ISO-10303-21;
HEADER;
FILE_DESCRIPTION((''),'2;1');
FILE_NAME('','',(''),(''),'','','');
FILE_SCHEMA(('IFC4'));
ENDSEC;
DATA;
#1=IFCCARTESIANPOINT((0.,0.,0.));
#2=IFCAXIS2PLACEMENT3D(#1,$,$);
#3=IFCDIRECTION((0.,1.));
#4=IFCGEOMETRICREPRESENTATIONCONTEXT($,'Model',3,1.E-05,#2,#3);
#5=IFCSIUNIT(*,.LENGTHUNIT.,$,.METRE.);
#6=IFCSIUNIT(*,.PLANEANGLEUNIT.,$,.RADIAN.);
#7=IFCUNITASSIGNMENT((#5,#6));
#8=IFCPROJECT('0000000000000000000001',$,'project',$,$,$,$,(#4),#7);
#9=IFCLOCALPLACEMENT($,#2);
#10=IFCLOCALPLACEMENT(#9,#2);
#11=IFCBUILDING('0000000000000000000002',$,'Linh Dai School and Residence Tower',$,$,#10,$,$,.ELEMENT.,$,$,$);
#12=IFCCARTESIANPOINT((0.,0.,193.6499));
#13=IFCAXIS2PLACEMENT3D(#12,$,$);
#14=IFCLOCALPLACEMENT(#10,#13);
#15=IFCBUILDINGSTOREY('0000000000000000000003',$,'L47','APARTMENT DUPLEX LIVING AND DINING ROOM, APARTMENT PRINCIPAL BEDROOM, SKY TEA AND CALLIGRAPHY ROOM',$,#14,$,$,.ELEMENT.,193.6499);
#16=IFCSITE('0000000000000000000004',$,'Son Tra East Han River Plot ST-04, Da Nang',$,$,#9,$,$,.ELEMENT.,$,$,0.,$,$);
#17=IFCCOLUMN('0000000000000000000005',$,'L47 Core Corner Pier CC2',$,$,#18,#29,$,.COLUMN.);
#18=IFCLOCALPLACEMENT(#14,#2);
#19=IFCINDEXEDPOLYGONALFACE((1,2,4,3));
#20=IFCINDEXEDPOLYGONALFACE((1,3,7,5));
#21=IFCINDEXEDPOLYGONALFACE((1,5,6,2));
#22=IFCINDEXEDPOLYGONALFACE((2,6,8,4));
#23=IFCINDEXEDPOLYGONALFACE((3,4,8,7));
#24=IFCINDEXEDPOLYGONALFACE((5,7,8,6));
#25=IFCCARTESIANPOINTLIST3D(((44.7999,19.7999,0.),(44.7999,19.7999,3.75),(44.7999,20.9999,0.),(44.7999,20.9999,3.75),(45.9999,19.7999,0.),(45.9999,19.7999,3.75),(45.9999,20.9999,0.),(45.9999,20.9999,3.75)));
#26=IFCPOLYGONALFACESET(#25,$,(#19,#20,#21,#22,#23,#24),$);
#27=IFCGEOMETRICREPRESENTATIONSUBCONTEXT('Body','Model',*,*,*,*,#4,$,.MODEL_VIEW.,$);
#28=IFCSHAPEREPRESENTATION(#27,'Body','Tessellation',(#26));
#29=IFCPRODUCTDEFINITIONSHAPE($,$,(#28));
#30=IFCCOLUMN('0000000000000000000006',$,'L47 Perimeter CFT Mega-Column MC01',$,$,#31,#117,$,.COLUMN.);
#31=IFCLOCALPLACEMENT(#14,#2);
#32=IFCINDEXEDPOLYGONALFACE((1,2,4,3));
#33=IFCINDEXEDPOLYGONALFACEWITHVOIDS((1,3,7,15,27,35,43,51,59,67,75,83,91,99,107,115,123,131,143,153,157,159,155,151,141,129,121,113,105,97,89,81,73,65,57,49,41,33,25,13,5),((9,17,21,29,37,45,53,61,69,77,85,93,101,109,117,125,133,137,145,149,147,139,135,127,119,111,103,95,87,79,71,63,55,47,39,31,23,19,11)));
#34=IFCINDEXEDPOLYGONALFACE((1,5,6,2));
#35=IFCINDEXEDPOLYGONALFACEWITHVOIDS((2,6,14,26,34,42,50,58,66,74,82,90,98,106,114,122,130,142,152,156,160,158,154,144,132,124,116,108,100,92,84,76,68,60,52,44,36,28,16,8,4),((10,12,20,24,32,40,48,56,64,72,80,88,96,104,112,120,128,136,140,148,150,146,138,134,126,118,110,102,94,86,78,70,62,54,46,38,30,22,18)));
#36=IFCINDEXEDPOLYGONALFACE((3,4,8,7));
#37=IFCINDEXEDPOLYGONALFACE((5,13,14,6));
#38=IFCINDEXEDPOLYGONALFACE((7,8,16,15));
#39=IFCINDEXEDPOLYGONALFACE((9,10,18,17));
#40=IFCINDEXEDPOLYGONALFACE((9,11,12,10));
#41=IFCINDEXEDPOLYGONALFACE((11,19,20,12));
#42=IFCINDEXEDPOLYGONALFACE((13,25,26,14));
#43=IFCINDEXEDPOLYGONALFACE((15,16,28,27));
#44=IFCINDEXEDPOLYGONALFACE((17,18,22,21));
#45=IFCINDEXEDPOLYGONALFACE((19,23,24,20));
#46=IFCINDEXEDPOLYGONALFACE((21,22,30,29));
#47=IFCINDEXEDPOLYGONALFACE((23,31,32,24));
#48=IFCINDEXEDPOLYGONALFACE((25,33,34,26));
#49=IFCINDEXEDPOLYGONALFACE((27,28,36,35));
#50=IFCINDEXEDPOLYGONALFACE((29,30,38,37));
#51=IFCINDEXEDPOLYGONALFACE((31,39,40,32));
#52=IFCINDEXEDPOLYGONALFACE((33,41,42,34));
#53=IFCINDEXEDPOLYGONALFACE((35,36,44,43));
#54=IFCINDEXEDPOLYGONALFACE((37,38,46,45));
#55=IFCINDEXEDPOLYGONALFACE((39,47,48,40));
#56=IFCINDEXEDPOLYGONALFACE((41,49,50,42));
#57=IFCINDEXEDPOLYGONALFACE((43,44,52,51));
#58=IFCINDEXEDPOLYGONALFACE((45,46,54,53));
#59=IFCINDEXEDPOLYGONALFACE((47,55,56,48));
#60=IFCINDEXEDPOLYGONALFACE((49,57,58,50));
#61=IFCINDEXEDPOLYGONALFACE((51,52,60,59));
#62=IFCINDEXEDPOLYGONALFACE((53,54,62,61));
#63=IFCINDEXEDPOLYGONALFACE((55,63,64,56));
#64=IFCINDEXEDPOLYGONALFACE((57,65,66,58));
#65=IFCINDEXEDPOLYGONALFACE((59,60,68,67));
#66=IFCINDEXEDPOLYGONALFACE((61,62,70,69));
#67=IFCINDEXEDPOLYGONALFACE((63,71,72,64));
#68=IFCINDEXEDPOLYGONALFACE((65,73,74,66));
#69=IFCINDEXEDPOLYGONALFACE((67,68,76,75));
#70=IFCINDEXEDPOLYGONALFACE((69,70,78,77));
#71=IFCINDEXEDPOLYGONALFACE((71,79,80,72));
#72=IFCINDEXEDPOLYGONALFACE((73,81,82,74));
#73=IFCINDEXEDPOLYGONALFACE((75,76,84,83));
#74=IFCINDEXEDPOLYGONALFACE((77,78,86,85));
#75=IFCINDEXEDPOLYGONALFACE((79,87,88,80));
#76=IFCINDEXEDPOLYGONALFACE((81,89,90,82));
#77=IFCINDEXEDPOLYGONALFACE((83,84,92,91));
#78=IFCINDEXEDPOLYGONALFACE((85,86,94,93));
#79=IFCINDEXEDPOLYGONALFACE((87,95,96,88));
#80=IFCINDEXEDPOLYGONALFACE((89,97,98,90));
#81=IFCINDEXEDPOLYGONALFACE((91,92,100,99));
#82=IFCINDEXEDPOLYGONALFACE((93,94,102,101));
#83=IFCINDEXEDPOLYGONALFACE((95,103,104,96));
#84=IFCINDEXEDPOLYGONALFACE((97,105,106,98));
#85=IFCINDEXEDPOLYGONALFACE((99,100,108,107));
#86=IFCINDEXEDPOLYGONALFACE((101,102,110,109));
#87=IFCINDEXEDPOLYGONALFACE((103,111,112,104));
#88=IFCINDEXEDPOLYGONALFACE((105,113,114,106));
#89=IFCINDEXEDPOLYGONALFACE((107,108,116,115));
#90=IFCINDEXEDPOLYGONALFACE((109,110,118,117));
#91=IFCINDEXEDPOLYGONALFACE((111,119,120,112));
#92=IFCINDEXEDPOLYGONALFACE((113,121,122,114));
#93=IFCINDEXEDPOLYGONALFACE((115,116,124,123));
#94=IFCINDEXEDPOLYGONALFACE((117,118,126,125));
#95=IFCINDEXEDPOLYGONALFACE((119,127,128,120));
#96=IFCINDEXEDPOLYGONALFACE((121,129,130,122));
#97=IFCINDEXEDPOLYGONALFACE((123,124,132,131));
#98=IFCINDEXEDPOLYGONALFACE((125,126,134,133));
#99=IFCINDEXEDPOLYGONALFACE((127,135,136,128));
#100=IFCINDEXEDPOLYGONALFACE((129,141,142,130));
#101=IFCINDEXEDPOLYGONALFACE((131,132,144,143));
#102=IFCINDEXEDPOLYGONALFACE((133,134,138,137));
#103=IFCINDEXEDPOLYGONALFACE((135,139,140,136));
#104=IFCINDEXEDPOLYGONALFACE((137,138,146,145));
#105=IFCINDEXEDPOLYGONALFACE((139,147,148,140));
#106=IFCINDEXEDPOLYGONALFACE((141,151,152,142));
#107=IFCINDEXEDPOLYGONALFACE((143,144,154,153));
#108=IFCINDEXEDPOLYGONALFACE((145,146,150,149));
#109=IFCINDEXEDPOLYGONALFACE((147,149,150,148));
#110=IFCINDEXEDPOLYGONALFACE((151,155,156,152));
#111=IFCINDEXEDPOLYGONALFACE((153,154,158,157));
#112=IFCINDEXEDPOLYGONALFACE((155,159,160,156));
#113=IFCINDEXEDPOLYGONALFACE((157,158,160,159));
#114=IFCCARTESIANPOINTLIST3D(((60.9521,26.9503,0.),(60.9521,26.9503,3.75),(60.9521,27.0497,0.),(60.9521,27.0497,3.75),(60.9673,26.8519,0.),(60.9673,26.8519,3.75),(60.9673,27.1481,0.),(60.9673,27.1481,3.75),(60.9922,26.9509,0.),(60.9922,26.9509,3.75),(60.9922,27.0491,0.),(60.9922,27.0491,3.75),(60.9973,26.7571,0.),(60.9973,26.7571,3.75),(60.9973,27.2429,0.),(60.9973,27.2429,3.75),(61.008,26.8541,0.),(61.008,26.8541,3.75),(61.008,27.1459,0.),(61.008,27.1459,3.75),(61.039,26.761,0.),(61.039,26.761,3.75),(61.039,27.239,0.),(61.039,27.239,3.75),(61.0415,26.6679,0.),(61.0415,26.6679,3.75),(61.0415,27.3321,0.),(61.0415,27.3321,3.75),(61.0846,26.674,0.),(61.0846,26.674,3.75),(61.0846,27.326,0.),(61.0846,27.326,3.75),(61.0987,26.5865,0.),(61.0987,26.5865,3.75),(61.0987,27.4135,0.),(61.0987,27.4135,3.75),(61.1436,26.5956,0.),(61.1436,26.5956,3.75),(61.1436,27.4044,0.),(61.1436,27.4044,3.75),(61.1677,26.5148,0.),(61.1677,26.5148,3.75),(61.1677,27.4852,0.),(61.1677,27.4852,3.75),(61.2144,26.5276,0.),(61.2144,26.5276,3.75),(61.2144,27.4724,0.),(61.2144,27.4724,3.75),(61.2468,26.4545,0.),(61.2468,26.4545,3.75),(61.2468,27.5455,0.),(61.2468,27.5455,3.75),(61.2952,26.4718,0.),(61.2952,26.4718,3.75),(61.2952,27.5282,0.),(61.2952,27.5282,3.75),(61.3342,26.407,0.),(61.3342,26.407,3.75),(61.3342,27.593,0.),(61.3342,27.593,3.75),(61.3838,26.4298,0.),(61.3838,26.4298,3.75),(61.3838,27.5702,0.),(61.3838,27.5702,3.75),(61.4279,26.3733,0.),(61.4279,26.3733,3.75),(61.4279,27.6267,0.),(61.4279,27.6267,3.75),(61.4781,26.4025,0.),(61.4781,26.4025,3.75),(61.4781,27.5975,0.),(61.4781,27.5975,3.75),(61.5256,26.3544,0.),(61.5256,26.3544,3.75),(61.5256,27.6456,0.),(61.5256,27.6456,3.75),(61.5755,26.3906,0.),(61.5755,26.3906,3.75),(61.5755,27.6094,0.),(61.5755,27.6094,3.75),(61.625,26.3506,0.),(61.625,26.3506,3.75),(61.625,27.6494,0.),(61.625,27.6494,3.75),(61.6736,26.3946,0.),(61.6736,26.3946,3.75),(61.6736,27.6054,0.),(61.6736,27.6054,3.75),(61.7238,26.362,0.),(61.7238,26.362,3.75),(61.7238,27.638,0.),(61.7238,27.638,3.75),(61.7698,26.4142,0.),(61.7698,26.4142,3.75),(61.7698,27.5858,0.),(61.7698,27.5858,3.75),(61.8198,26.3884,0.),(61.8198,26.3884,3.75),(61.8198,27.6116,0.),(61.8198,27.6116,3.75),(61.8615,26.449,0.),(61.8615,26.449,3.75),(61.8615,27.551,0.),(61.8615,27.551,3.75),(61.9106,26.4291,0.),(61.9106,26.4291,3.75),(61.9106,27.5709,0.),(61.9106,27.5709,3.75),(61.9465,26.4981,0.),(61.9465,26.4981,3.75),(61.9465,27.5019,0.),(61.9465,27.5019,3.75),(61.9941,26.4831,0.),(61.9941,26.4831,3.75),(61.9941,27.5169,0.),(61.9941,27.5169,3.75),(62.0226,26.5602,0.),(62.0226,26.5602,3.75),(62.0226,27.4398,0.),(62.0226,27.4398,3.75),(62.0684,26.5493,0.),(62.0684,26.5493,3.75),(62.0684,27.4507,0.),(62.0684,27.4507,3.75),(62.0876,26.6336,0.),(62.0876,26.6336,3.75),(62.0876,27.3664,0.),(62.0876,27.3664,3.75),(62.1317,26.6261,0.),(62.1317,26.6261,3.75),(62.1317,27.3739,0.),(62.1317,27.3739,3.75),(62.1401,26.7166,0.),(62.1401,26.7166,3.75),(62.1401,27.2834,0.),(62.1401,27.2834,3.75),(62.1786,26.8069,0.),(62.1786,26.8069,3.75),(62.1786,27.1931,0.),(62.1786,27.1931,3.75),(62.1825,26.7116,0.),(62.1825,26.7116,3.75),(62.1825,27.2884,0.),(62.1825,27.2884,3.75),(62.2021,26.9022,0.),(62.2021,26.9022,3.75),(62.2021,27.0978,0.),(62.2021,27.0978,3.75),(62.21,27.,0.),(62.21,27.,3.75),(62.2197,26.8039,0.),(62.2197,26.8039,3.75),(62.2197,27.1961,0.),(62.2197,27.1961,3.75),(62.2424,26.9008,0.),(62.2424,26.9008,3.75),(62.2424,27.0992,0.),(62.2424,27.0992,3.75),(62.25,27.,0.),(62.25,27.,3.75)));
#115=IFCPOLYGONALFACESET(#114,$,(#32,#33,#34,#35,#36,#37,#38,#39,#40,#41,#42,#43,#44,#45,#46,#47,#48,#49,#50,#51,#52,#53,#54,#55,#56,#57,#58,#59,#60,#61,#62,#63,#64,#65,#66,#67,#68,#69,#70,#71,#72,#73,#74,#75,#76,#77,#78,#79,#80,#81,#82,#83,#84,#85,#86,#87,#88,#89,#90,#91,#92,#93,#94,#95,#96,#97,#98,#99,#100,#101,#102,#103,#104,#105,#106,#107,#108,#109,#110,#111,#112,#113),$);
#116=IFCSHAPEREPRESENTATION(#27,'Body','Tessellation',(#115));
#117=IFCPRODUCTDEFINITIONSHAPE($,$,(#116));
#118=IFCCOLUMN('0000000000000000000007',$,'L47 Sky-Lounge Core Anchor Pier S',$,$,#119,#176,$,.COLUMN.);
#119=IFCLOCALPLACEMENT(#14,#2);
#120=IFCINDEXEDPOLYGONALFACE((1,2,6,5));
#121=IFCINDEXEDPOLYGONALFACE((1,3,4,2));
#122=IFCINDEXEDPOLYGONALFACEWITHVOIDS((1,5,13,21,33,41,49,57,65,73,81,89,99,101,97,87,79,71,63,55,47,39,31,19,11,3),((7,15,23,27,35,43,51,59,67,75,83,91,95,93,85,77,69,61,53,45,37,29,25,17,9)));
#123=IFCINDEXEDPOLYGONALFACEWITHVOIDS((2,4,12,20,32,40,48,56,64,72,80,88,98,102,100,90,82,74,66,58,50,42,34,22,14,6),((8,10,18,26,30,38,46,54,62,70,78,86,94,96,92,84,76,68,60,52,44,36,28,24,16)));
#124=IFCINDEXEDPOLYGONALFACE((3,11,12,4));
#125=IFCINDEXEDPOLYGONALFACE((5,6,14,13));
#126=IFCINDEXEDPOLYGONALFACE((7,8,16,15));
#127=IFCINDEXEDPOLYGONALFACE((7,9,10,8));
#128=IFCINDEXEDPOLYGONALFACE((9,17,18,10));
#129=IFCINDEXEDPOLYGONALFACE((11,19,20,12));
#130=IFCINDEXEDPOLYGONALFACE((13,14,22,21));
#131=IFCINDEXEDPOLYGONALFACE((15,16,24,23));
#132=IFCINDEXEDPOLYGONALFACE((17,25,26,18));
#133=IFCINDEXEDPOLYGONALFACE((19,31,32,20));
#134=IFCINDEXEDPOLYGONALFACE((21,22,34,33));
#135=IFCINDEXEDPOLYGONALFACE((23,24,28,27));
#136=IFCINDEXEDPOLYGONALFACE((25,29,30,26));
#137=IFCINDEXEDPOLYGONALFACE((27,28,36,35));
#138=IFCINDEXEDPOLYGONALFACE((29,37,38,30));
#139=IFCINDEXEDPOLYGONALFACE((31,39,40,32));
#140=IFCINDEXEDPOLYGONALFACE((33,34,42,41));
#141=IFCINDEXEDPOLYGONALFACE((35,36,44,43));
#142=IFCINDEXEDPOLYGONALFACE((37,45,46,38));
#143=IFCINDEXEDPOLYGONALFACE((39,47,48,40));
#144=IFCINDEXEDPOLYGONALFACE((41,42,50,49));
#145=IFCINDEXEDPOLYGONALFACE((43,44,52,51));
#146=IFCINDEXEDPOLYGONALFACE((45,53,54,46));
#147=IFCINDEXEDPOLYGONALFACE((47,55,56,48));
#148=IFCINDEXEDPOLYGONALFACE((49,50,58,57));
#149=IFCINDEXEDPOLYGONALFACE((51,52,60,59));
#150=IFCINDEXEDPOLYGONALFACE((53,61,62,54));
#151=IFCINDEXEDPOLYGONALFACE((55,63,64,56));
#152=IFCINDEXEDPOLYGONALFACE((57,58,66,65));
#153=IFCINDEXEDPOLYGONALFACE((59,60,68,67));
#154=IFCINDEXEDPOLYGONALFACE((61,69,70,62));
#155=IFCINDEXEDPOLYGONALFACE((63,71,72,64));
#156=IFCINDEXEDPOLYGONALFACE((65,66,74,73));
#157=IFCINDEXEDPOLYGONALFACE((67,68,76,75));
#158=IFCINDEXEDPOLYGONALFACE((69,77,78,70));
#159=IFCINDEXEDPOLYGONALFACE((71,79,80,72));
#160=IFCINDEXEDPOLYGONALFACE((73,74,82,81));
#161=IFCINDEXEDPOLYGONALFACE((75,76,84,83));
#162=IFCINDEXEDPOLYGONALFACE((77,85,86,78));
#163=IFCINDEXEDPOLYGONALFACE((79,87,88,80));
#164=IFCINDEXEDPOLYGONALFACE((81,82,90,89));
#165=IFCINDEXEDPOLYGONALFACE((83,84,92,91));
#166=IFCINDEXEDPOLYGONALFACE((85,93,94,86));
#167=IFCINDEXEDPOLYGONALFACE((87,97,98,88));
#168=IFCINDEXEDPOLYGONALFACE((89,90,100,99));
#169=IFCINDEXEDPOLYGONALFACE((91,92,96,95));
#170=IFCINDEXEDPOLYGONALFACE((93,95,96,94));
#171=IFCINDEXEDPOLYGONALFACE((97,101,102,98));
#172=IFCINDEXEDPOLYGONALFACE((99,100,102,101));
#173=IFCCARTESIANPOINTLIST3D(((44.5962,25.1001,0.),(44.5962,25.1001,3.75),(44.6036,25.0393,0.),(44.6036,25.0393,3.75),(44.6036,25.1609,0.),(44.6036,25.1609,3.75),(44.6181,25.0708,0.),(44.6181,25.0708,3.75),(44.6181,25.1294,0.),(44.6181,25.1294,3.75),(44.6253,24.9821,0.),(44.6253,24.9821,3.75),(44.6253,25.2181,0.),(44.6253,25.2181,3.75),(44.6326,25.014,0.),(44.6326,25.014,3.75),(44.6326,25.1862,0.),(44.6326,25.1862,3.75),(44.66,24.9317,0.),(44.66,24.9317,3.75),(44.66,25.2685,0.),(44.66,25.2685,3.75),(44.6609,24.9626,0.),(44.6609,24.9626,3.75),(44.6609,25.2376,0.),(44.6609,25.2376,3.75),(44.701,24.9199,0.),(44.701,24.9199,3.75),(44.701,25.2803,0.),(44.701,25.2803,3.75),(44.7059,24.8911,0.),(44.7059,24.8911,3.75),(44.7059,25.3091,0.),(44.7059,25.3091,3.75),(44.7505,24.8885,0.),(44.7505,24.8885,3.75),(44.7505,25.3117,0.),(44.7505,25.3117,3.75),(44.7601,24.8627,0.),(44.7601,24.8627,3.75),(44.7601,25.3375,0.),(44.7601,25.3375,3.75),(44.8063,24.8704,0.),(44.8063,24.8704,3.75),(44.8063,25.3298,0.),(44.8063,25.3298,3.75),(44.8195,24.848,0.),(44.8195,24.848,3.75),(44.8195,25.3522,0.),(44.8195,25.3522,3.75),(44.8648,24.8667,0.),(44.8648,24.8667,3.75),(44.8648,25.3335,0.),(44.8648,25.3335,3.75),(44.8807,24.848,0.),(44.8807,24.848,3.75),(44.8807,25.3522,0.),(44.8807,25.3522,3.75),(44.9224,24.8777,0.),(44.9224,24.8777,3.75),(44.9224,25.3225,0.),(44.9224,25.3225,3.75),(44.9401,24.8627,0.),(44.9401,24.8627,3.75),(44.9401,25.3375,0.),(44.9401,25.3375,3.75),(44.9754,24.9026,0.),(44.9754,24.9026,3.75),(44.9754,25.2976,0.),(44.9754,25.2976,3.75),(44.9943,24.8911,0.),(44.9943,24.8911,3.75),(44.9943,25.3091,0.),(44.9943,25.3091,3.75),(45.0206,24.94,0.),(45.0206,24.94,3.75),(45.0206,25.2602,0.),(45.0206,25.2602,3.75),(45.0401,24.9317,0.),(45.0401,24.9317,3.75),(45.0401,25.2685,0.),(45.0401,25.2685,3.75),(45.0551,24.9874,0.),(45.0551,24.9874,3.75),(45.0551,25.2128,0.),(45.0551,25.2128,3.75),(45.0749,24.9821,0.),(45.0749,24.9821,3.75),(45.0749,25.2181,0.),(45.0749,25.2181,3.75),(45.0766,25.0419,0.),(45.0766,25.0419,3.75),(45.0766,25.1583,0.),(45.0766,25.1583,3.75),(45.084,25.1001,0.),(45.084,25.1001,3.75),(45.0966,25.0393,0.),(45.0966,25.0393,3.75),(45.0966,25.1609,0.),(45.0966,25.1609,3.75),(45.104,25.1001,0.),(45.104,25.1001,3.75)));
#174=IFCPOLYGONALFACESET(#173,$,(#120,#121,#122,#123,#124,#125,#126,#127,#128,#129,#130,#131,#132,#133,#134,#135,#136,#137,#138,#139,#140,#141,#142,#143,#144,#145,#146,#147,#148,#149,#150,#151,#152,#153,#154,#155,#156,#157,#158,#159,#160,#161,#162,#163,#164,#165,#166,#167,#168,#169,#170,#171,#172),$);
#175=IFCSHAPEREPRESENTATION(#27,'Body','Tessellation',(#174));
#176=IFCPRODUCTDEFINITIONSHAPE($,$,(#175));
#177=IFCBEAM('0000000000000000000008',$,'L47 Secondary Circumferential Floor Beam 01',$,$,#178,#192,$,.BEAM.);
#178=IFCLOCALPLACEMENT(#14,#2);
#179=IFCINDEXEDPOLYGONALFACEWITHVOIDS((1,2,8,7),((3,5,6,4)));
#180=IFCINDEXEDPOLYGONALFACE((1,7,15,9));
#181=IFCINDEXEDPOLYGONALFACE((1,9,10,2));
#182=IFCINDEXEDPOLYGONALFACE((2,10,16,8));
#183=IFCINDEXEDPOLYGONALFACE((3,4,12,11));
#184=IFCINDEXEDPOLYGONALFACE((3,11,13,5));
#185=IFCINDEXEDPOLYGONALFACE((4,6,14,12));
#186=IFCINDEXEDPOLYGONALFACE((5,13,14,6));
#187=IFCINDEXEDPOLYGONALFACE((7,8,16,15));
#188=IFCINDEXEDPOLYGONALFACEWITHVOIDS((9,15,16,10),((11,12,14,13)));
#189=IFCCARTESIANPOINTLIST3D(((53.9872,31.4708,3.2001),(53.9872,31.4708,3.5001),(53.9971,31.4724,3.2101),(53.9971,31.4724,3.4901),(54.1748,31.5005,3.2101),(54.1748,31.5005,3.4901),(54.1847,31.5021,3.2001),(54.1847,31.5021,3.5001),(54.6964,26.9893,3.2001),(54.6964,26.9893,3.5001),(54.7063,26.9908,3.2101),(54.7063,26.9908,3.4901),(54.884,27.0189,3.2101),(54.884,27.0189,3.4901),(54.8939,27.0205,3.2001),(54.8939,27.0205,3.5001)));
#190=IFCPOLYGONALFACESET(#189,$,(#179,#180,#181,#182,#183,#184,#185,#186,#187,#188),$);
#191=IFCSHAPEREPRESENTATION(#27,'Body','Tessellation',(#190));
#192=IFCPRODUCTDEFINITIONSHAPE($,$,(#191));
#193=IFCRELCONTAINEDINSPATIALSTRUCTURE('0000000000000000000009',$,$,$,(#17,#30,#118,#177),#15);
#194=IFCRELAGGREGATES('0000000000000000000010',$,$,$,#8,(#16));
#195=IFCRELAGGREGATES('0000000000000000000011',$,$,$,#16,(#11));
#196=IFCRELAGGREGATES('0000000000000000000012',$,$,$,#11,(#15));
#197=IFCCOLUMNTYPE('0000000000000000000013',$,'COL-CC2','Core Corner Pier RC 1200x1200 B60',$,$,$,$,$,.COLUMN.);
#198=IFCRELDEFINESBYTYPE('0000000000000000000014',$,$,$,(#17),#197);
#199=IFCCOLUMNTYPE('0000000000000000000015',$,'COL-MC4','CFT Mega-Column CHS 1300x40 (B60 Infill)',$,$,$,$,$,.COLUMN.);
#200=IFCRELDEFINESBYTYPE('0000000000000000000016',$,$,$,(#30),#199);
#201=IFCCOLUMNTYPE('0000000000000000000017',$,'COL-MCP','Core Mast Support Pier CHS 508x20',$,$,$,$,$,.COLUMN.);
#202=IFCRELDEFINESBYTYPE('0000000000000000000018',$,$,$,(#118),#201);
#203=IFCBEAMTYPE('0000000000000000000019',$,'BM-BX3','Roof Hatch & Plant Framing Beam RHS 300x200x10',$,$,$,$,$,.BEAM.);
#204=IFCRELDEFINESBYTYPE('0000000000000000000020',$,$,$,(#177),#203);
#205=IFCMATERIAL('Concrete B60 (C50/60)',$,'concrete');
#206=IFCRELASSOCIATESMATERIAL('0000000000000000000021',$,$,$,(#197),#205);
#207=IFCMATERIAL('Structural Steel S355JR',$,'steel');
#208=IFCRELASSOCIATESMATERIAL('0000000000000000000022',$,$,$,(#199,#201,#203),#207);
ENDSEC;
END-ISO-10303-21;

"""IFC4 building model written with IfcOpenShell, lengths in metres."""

from ifc_helpers import new_model, si_unit, direction, frame, origin, origin_2d, place, context, subcontext, project, spatial, rectangle, hollow_rectangle, hollow_circle, extrude, material, material_profile, profile_set, type_object, element, save


model = new_model("IFC4")

# Units and contexts
model_context = context("Model", 3, precision=1e-05, world=origin(), true_north=direction((0.0, 1.0)))
body_context = subcontext(model_context, "Body", "Model", "MODEL_VIEW")
ifc_project = project(units=[si_unit("LENGTHUNIT", "METRE"), si_unit("PLANEANGLEUNIT", "RADIAN")], contexts=[model_context])

# Site, building, storey
site_placement = place(None, origin())
site = spatial("IfcSite", under=ifc_project, at=site_placement, Name="Son Tra East Han River Plot ST-04, Da Nang", CompositionType="ELEMENT", RefElevation=0.0)
building_placement = place(site_placement, origin())
building = spatial("IfcBuilding", under=site, at=building_placement, Name="Linh Dai School and Residence Tower", CompositionType="ELEMENT")
storey_placement = place(building_placement, frame((0.0, 0.0, 193.6499)))
storey = spatial("IfcBuildingStorey", under=building, at=storey_placement, Name="L47", Description="APARTMENT DUPLEX LIVING AND DINING ROOM, APARTMENT PRINCIPAL BEDROOM, SKY TEA AND CALLIGRAPHY ROOM", CompositionType="ELEMENT", Elevation=193.6499)

# Columns
ifc_material_1 = material(Name="Concrete B60 (C50/60)", Category="concrete")
ifc_material_profile_1 = material_profile(ifc_material_1, rectangle(XDim=1.2, YDim=1.2, at=origin_2d()), Name="RC 1200x1200")
ifc_profile_set_1 = profile_set([ifc_material_profile_1], Name="Concrete B60 (C50/60)")
column_type_1 = type_object("IfcColumnType", Name="COL-CC2", Description="Core Corner Pier RC 1200x1200 B60", PredefinedType="COLUMN", material=ifc_profile_set_1)
column_1_placement = place(storey_placement, frame((45.3999, 20.3999, 0.0), z_axis=(0.0, 0.0, 1.0), x_axis=(1.0, 0.0, 0.0)))
element("IfcColumn", 1, at=column_1_placement, inside=storey, type_object=column_type_1, Name="L47 Core Corner Pier CC2", PredefinedType="COLUMN", context=body_context, shape_type="SweptSolid", body=[
    extrude(rectangle(XDim=1.2, YDim=1.2, at=origin_2d()), origin(), (0.0, 0.0, 1.0), 3.75),
])
ifc_material_2 = material(Name="Structural Steel S355JR", Category="steel")
ifc_material_profile_2 = material_profile(ifc_material_2, hollow_circle(Radius=0.6499, WallThickness=0.04, at=origin_2d()), Name="CHS 1300x40")
ifc_profile_set_2 = profile_set([ifc_material_profile_2], Name="Structural Steel S355JR")
column_type_2 = type_object("IfcColumnType", Name="COL-MC4", Description="CFT Mega-Column CHS 1300x40 (B60 Infill)", PredefinedType="COLUMN", material=ifc_profile_set_2)
column_2_placement = place(storey_placement, frame((61.6001, 27.0, 0.0), z_axis=(0.0, 0.0, 1.0), x_axis=(1.0, 0.0, 0.0)))
element("IfcColumn", 2, at=column_2_placement, inside=storey, type_object=column_type_2, Name="L47 Perimeter CFT Mega-Column MC01", PredefinedType="COLUMN", context=body_context, shape_type="SweptSolid", body=[
    extrude(hollow_circle(Radius=0.6499, WallThickness=0.04, at=origin_2d()), origin(), (0.0, 0.0, 1.0), 3.75),
])
ifc_material_profile_3 = material_profile(ifc_material_2, hollow_circle(Radius=0.2539, WallThickness=0.02, at=origin_2d()), Name="CHS 508x20")
ifc_profile_set_3 = profile_set([ifc_material_profile_3], Name="Structural Steel S355JR")
column_type_3 = type_object("IfcColumnType", Name="COL-MCP", Description="Core Mast Support Pier CHS 508x20", PredefinedType="COLUMN", material=ifc_profile_set_3)
column_3_placement = place(storey_placement, frame((44.8501, 25.1001, 0.0), z_axis=(0.0, 0.0, 1.0), x_axis=(1.0, 0.0, 0.0)))
element("IfcColumn", 3, at=column_3_placement, inside=storey, type_object=column_type_3, Name="L47 Sky-Lounge Core Anchor Pier S", PredefinedType="COLUMN", context=body_context, shape_type="SweptSolid", body=[
    extrude(hollow_circle(Radius=0.2539, WallThickness=0.02, at=origin_2d()), origin(), (0.0, 0.0, 1.0), 3.75),
])

# Beam
ifc_material_profile_4 = material_profile(ifc_material_2, hollow_rectangle(XDim=0.2, YDim=0.3, WallThickness=0.01, at=origin_2d()), Name="RHS 300x200x10")
ifc_profile_set_4 = profile_set([ifc_material_profile_4], Name="Structural Steel S355JR")
beam_type_1 = type_object("IfcBeamType", Name="BM-BX3", Description="Roof Hatch & Plant Framing Beam RHS 300x200x10", PredefinedType="BEAM", material=ifc_profile_set_4)
beam_1_placement = place(storey_placement, frame((54.7952, 27.0049, 3.3501), z_axis=(-0.156305, 0.987709, 0.0), x_axis=(-0.987709, -0.156305, 0.0)))
element("IfcBeam", 4, at=beam_1_placement, inside=storey, type_object=beam_type_1, Name="L47 Secondary Circumferential Floor Beam 01", PredefinedType="BEAM", context=body_context, shape_type="SweptSolid", body=[
    extrude(hollow_rectangle(XDim=0.2, YDim=0.3, WallThickness=0.01, at=origin_2d()), origin(), (0.0, 0.0, 1.0), 4.5374),
])

save(model, "model.ifc")
